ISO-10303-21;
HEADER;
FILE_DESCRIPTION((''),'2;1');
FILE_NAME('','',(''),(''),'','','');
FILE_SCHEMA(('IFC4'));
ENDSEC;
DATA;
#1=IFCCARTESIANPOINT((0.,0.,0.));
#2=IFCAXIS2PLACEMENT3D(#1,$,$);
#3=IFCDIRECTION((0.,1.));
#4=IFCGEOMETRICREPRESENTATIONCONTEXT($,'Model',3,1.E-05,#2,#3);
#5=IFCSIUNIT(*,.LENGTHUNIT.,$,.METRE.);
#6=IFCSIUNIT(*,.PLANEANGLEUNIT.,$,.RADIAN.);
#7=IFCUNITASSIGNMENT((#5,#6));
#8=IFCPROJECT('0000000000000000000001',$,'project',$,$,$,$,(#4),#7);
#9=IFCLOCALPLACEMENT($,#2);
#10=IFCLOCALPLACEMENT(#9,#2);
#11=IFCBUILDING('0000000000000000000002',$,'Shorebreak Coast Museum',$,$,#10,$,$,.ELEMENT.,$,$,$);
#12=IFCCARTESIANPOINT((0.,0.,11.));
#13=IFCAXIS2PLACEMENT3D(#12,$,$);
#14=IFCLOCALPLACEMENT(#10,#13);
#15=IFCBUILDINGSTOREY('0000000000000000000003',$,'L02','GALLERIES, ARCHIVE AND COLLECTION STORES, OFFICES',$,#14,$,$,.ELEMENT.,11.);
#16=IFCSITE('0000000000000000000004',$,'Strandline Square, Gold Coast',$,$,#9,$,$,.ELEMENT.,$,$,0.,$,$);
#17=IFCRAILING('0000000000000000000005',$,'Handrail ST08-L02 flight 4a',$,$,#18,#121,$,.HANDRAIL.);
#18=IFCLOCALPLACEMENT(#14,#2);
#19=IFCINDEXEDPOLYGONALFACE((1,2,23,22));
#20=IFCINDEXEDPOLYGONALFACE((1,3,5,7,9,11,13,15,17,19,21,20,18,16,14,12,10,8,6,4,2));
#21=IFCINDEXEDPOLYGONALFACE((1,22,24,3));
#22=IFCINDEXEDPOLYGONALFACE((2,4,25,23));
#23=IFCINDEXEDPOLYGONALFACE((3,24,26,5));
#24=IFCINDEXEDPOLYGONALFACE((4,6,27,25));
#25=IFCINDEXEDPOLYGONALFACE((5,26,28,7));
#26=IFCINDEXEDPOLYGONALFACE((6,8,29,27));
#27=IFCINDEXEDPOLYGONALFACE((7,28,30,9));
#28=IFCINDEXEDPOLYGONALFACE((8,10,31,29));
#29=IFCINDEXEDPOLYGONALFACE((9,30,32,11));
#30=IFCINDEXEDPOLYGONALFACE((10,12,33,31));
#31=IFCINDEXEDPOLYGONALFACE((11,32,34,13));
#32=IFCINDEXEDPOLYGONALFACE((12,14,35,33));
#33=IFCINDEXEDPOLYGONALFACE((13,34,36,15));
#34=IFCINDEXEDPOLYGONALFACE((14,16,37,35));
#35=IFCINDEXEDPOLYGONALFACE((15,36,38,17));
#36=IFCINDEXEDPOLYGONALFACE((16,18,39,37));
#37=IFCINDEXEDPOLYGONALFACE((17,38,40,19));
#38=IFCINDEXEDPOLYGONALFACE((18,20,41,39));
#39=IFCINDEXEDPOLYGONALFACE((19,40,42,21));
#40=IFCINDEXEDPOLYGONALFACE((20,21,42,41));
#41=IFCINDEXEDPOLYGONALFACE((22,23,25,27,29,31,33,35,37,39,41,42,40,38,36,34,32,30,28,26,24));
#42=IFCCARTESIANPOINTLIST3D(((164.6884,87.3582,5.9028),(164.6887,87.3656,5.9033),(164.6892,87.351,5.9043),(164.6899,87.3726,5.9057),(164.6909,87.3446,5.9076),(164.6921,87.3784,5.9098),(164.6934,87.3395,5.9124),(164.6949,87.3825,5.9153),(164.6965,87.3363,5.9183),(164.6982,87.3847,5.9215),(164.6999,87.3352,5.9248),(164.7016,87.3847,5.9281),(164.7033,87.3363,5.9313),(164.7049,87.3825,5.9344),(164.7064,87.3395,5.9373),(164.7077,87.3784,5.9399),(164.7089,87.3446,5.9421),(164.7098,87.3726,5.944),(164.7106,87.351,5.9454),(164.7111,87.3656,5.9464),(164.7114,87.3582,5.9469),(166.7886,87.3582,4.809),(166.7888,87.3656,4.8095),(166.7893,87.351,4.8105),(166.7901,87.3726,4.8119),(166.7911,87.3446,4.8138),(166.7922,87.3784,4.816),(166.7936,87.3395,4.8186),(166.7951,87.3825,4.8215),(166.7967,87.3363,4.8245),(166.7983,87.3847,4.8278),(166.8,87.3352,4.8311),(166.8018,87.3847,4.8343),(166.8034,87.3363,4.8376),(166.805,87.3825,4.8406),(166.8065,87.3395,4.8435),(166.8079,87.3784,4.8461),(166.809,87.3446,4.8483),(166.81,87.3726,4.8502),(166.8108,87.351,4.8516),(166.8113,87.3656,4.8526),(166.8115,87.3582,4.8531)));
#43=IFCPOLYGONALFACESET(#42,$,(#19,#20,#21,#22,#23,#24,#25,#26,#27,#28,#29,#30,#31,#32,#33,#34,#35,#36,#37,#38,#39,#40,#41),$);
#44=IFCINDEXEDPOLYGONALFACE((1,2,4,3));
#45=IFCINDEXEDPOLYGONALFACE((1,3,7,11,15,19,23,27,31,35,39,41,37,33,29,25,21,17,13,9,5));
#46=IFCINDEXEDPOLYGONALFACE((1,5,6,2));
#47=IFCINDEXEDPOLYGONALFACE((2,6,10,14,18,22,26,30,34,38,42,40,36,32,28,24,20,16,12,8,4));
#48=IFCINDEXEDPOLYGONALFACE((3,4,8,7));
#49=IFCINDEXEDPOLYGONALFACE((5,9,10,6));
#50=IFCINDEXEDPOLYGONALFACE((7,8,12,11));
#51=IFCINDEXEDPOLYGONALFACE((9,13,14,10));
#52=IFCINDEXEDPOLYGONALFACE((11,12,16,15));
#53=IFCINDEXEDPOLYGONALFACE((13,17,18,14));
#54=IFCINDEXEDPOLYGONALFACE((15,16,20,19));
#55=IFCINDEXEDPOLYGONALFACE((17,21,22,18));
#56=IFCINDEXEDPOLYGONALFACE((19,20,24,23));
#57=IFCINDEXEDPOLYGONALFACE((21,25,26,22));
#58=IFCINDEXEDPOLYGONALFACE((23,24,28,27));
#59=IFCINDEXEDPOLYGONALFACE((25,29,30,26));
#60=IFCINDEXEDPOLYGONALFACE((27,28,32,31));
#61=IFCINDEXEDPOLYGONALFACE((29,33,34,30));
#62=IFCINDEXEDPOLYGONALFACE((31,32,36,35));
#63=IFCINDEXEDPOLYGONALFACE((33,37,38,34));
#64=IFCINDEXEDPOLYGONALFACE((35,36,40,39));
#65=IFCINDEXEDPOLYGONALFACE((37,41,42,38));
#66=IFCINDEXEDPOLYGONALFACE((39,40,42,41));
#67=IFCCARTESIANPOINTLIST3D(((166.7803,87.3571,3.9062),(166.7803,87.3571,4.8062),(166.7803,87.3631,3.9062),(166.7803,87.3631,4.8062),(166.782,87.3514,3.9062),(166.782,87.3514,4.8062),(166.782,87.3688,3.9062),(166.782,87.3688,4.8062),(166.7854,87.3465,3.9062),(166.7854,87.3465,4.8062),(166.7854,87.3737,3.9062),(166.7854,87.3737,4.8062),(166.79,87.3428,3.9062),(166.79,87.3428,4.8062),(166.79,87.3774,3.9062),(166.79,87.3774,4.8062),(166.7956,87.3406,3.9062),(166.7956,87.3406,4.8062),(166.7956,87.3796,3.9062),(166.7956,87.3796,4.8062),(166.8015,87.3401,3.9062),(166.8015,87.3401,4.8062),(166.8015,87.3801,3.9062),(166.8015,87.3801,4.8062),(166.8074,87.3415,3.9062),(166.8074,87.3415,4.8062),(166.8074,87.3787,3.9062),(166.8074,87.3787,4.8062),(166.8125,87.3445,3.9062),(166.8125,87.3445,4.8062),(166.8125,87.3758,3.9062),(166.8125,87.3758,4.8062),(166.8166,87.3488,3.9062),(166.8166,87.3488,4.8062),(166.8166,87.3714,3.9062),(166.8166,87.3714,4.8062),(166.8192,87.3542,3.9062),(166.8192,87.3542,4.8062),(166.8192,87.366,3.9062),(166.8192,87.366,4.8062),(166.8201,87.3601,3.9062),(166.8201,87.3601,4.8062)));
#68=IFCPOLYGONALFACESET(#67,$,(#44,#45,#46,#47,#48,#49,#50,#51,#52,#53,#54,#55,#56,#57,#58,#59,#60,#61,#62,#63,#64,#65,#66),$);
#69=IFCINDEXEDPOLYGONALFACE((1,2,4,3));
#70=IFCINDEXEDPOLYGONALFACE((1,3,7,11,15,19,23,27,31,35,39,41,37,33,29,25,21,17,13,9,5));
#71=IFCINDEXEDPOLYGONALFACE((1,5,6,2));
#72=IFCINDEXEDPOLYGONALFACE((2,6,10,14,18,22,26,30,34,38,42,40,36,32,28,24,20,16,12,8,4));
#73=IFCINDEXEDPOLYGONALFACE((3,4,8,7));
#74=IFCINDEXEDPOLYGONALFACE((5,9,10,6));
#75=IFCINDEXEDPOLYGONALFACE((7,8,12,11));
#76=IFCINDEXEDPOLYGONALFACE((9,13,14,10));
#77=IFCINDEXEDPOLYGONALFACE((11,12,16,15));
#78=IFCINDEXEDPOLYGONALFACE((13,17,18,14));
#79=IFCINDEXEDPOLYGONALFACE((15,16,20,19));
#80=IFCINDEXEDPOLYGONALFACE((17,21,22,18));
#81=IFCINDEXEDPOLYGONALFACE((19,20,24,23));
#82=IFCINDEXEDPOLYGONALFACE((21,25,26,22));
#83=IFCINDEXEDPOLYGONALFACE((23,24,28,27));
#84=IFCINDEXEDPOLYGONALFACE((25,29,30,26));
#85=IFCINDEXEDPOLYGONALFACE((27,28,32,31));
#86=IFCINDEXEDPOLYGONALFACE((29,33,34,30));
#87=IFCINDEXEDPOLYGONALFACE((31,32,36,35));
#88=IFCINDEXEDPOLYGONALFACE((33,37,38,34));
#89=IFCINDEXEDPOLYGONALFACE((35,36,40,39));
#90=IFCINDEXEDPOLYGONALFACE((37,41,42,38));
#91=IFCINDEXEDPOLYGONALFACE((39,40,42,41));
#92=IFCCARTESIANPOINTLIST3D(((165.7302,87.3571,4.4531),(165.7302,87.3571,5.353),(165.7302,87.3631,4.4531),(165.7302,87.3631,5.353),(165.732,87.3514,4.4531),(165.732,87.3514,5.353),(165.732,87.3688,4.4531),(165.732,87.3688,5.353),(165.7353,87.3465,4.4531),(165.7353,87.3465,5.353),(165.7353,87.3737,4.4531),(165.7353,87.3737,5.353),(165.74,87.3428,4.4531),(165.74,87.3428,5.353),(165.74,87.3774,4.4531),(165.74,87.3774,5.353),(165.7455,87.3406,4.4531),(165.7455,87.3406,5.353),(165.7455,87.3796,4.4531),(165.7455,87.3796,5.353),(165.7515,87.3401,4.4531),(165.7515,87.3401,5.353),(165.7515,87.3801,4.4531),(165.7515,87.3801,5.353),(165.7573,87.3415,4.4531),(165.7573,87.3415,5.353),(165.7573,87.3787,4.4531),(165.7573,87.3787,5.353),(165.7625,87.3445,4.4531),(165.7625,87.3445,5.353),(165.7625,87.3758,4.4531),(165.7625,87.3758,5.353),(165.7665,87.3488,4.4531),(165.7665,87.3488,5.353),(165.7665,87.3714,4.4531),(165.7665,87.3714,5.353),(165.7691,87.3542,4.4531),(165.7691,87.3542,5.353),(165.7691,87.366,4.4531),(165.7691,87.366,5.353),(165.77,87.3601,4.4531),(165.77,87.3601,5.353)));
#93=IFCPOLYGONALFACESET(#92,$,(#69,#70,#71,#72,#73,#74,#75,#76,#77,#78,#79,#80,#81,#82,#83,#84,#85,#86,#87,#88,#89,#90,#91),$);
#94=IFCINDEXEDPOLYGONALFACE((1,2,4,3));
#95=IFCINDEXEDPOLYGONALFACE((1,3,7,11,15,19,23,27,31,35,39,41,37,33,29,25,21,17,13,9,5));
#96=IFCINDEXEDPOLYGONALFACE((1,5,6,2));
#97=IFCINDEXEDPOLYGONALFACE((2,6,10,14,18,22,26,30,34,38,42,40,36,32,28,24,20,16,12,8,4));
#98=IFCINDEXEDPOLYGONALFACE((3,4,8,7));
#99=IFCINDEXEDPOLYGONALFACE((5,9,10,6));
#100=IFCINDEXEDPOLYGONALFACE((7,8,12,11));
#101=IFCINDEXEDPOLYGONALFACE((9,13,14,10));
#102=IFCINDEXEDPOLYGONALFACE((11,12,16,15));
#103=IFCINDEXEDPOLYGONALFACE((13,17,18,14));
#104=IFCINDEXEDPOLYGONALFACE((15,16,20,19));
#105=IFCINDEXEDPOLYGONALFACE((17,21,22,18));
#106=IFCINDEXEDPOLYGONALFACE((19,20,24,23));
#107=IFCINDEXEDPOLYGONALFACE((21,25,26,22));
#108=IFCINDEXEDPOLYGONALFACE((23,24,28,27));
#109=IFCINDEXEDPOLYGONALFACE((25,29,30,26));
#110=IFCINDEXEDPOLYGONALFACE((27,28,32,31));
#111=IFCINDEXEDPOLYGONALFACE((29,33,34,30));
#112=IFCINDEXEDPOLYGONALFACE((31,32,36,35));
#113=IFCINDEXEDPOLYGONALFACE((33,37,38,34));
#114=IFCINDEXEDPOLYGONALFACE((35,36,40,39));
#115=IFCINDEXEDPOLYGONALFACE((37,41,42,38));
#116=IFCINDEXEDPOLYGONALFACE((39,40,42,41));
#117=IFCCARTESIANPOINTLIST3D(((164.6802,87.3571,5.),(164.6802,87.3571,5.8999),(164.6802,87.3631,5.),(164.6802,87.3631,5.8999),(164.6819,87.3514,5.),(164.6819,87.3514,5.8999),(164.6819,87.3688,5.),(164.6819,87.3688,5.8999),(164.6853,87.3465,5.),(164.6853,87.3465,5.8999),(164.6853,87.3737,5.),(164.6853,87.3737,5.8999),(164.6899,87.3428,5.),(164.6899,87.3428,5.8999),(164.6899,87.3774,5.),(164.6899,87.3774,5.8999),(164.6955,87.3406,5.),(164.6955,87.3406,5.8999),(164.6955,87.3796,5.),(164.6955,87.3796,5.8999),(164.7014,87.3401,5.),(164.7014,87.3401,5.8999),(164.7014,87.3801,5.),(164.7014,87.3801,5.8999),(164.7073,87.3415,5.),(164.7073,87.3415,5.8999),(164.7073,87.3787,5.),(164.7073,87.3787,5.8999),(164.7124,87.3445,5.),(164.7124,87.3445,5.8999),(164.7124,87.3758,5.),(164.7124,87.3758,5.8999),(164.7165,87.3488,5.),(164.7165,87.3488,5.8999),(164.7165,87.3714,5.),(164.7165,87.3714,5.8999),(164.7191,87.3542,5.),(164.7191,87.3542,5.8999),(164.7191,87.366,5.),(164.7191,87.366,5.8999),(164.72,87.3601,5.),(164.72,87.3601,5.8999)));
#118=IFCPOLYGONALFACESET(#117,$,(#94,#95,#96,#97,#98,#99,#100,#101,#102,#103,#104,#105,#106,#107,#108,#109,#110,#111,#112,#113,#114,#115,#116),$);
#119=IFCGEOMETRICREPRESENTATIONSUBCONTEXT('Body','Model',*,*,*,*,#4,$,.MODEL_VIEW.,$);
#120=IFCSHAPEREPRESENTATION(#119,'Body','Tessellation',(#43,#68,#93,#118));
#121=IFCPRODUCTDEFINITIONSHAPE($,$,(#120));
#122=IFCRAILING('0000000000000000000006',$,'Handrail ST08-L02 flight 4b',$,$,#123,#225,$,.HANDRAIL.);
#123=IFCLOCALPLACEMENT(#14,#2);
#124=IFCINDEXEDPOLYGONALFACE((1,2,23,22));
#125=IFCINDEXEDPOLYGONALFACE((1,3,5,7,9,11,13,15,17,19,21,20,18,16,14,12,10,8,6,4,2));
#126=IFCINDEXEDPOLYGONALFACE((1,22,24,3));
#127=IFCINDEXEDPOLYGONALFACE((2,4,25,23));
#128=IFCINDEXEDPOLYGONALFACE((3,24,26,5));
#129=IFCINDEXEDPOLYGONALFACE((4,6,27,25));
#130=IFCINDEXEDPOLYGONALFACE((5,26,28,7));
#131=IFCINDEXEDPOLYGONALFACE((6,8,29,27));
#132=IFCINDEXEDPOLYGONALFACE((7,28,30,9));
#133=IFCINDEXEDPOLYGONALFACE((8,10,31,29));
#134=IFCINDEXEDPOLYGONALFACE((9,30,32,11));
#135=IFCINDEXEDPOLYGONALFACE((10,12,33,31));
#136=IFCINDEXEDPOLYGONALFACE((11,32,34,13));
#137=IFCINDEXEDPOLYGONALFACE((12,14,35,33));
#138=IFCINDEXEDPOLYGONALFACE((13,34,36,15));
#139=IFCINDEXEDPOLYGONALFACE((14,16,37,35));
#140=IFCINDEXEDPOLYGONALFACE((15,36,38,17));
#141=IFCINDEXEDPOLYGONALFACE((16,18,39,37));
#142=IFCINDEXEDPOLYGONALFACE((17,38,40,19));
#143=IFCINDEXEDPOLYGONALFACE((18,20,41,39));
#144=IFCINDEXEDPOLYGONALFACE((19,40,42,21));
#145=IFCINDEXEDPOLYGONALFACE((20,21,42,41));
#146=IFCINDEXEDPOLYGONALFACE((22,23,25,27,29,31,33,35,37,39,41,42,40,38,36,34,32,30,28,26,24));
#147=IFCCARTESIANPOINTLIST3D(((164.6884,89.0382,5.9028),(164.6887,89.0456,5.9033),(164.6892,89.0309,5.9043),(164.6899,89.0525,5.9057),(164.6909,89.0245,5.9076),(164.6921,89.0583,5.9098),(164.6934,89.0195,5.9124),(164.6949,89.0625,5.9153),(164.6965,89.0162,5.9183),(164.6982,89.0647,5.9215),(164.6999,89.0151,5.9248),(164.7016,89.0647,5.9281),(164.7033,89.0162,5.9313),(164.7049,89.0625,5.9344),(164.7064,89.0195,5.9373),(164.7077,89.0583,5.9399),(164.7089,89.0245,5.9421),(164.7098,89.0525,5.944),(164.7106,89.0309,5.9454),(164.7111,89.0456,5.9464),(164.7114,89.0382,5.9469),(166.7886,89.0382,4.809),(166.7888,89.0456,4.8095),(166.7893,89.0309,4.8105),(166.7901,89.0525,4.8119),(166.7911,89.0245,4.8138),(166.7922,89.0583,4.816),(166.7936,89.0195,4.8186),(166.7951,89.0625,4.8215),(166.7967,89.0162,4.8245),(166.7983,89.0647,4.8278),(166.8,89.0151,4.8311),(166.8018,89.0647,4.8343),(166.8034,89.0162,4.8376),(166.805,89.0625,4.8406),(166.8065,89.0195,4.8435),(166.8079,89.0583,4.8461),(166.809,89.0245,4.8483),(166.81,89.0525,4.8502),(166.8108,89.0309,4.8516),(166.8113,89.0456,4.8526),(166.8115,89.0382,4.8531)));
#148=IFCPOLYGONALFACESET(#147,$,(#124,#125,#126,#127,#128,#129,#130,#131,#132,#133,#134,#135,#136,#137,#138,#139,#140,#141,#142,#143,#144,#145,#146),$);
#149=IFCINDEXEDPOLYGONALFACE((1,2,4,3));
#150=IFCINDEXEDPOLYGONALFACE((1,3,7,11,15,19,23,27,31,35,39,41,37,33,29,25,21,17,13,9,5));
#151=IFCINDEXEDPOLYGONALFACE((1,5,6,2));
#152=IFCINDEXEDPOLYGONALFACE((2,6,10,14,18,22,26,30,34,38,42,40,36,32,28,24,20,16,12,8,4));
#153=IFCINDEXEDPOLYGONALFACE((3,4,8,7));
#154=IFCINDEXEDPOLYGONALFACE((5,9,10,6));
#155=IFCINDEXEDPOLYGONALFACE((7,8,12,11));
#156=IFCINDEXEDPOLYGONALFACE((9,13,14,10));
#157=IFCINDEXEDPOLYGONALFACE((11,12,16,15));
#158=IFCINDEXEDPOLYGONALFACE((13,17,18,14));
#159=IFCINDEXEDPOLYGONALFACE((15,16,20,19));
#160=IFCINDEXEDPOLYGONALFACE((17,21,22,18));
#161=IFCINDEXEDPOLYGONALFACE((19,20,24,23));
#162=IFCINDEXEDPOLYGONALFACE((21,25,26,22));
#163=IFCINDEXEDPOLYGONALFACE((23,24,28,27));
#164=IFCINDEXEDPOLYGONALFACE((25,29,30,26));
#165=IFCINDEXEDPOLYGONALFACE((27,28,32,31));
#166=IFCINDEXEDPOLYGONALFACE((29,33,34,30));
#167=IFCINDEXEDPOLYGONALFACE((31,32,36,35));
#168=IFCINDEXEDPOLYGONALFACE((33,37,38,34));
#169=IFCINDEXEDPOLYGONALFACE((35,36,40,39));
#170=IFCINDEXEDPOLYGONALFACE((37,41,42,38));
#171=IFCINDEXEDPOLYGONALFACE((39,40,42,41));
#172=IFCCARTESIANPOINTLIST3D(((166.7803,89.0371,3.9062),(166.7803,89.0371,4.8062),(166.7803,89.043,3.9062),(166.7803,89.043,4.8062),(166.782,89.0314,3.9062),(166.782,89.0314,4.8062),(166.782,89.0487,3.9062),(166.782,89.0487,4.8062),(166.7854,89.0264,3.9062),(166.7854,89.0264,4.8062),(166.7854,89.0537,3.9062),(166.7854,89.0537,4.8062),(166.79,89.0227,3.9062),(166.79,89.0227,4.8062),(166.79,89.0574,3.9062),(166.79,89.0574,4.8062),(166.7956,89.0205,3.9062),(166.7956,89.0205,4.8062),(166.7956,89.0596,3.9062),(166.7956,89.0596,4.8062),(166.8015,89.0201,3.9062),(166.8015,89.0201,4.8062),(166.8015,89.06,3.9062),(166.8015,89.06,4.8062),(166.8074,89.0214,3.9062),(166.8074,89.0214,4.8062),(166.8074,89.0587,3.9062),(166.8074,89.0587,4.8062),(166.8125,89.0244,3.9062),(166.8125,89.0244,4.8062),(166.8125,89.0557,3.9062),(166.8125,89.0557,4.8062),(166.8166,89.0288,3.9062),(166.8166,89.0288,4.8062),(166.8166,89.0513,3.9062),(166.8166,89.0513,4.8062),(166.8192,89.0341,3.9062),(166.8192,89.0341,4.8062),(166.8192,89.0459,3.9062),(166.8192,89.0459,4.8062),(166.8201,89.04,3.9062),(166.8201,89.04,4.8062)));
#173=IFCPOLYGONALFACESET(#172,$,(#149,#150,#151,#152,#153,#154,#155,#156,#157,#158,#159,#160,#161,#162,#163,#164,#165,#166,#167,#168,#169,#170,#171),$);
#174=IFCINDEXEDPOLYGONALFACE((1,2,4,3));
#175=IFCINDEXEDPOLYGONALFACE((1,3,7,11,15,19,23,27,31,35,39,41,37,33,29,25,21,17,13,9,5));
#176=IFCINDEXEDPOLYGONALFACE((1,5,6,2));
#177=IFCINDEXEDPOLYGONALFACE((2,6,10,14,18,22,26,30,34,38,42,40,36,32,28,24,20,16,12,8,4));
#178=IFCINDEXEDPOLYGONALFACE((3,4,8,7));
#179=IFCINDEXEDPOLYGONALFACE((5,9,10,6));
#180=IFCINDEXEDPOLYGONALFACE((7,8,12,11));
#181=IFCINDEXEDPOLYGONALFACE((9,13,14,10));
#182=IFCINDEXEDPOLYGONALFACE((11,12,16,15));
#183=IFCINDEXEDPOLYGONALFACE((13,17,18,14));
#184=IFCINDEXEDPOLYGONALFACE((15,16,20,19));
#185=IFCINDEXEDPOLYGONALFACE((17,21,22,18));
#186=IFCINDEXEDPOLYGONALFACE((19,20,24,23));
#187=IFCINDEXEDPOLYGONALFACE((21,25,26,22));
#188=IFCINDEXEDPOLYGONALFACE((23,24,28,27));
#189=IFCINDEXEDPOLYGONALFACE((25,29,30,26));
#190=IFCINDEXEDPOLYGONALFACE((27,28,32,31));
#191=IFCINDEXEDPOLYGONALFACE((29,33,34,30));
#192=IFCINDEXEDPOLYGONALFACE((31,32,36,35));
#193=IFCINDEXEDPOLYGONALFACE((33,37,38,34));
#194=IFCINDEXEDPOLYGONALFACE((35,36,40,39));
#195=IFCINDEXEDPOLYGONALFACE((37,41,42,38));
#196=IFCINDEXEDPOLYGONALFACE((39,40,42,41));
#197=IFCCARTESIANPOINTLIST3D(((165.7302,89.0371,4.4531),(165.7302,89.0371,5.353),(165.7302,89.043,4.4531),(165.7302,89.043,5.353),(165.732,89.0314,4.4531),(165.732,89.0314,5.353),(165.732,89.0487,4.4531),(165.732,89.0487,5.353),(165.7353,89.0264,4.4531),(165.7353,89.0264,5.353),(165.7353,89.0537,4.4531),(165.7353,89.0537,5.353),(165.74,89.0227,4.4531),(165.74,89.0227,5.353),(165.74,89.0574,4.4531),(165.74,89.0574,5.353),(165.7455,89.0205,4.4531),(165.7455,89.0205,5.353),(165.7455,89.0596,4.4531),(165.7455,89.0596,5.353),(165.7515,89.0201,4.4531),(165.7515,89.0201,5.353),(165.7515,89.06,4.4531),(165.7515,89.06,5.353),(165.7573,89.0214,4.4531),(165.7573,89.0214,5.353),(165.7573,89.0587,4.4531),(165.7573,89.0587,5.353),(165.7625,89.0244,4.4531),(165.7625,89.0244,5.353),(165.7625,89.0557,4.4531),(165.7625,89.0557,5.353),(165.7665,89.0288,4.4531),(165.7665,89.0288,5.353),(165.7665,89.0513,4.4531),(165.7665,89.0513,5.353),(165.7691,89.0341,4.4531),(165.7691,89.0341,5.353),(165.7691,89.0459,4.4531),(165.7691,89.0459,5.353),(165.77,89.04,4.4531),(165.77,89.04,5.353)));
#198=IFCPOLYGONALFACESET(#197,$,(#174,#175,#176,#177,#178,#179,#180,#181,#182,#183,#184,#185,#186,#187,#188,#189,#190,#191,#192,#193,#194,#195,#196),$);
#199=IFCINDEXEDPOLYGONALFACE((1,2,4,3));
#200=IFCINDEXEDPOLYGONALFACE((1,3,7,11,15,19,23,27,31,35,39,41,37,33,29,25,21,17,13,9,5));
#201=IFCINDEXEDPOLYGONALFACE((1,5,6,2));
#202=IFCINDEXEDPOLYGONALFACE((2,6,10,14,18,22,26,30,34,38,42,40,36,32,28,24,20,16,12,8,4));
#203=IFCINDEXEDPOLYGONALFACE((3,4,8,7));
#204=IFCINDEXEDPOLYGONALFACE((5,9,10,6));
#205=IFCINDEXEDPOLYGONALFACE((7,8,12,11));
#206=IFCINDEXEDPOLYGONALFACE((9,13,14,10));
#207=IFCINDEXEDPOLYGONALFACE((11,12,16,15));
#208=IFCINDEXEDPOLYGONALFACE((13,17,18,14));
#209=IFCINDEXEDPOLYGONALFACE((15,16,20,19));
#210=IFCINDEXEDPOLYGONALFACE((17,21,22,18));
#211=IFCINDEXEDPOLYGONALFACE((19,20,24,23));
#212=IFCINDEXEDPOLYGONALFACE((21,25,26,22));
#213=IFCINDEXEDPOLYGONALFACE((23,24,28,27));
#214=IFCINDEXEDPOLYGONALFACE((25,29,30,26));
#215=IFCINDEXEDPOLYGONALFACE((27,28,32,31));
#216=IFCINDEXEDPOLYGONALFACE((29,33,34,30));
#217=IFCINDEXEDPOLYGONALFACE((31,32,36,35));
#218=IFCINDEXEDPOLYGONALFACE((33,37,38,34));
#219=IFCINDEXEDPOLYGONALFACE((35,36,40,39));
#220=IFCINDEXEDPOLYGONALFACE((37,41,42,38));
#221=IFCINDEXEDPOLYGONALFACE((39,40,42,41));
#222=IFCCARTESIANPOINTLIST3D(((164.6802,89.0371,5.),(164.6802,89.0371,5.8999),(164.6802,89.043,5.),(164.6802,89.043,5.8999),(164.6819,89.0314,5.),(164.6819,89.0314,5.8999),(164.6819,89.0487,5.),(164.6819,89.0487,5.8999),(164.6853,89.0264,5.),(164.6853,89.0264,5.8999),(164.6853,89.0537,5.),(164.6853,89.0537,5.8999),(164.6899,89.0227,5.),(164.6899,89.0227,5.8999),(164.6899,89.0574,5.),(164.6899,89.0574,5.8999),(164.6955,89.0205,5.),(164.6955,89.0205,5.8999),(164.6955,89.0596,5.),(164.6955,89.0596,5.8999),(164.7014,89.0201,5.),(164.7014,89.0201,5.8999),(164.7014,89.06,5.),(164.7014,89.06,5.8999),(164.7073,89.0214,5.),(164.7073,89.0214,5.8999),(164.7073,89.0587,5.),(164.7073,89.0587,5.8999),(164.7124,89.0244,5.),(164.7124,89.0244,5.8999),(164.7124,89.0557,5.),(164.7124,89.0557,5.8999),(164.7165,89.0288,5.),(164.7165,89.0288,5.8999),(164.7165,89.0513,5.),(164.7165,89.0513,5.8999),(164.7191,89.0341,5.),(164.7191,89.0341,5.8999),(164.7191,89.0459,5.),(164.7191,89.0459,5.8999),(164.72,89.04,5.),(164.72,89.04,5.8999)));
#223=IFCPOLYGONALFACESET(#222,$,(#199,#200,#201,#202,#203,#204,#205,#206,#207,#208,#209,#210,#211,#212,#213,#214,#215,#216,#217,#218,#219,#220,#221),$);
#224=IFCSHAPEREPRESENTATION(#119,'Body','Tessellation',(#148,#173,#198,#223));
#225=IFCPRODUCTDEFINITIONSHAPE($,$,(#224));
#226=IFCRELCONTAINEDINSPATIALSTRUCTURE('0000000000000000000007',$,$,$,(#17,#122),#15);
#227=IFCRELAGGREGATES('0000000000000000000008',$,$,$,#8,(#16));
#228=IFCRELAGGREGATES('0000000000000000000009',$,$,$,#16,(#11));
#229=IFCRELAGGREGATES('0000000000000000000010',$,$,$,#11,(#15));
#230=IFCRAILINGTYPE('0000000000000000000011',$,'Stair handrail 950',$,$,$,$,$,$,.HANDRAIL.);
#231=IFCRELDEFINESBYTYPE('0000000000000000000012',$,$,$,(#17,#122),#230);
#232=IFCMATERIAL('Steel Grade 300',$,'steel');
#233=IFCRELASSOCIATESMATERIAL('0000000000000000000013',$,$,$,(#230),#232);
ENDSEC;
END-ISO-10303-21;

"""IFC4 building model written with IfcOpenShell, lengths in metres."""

from ifc_helpers import new_model, si_unit, direction, frame, origin, origin_2d, place, context, subcontext, project, spatial, circle, extrude, material, type_object, element, save


model = new_model("IFC4")

# Units and contexts
model_context = context("Model", 3, precision=1e-05, world=origin(), true_north=direction((0.0, 1.0)))
body_context = subcontext(model_context, "Body", "Model", "MODEL_VIEW")
ifc_project = project(units=[si_unit("LENGTHUNIT", "METRE"), si_unit("PLANEANGLEUNIT", "RADIAN")], contexts=[model_context])

# Site, building, storey
site_placement = place(None, origin())
site = spatial("IfcSite", under=ifc_project, at=site_placement, Name="Strandline Square, Gold Coast", CompositionType="ELEMENT", RefElevation=0.0)
building_placement = place(site_placement, origin())
building = spatial("IfcBuilding", under=site, at=building_placement, Name="Shorebreak Coast Museum", CompositionType="ELEMENT")
storey_placement = place(building_placement, frame((0.0, 0.0, 11.0)))
storey = spatial("IfcBuildingStorey", under=building, at=storey_placement, Name="L02", Description="GALLERIES, ARCHIVE AND COLLECTION STORES, OFFICES", CompositionType="ELEMENT", Elevation=11.0)

# Railings
ifc_material_1 = material(Name="Steel Grade 300", Category="steel")
railing_type_1 = type_object("IfcRailingType", Name="Stair handrail 950", PredefinedType="HANDRAIL", material=ifc_material_1)
for number, where, name in (
    (1, (166.8, 87.3601, 3.9062), "Handrail ST08-L02 flight 4a"),
    (2, (166.8, 89.04, 3.9062), "Handrail ST08-L02 flight 4b"),
):
    element("IfcRailing", number, at=place(storey_placement, frame(where)), inside=storey, type_object=railing_type_1, Name=name, PredefinedType="HANDRAIL", context=body_context, shape_type="SweptSolid", body=[
        extrude(circle(Radius=0.0249, at=origin_2d()), frame((0.0, 0.0, 0.9248), z_axis=(-0.886923, 0.0, 0.461918), x_axis=(0.0, -1.0, 0.0)), (0.0, 0.0, 1.0), 2.3679),
        extrude(circle(Radius=0.02, at=origin_2d()), origin(), (0.0, 0.0, 1.0), 0.8999),
        extrude(circle(Radius=0.02, at=origin_2d()), frame((-1.05, 0.0, 0.5469)), (0.0, 0.0, 1.0), 0.8999),
        extrude(circle(Radius=0.02, at=origin_2d()), frame((-2.1001, 0.0, 1.0938)), (0.0, 0.0, 1.0), 0.8999),
    ])

save(model, "model.ifc")
